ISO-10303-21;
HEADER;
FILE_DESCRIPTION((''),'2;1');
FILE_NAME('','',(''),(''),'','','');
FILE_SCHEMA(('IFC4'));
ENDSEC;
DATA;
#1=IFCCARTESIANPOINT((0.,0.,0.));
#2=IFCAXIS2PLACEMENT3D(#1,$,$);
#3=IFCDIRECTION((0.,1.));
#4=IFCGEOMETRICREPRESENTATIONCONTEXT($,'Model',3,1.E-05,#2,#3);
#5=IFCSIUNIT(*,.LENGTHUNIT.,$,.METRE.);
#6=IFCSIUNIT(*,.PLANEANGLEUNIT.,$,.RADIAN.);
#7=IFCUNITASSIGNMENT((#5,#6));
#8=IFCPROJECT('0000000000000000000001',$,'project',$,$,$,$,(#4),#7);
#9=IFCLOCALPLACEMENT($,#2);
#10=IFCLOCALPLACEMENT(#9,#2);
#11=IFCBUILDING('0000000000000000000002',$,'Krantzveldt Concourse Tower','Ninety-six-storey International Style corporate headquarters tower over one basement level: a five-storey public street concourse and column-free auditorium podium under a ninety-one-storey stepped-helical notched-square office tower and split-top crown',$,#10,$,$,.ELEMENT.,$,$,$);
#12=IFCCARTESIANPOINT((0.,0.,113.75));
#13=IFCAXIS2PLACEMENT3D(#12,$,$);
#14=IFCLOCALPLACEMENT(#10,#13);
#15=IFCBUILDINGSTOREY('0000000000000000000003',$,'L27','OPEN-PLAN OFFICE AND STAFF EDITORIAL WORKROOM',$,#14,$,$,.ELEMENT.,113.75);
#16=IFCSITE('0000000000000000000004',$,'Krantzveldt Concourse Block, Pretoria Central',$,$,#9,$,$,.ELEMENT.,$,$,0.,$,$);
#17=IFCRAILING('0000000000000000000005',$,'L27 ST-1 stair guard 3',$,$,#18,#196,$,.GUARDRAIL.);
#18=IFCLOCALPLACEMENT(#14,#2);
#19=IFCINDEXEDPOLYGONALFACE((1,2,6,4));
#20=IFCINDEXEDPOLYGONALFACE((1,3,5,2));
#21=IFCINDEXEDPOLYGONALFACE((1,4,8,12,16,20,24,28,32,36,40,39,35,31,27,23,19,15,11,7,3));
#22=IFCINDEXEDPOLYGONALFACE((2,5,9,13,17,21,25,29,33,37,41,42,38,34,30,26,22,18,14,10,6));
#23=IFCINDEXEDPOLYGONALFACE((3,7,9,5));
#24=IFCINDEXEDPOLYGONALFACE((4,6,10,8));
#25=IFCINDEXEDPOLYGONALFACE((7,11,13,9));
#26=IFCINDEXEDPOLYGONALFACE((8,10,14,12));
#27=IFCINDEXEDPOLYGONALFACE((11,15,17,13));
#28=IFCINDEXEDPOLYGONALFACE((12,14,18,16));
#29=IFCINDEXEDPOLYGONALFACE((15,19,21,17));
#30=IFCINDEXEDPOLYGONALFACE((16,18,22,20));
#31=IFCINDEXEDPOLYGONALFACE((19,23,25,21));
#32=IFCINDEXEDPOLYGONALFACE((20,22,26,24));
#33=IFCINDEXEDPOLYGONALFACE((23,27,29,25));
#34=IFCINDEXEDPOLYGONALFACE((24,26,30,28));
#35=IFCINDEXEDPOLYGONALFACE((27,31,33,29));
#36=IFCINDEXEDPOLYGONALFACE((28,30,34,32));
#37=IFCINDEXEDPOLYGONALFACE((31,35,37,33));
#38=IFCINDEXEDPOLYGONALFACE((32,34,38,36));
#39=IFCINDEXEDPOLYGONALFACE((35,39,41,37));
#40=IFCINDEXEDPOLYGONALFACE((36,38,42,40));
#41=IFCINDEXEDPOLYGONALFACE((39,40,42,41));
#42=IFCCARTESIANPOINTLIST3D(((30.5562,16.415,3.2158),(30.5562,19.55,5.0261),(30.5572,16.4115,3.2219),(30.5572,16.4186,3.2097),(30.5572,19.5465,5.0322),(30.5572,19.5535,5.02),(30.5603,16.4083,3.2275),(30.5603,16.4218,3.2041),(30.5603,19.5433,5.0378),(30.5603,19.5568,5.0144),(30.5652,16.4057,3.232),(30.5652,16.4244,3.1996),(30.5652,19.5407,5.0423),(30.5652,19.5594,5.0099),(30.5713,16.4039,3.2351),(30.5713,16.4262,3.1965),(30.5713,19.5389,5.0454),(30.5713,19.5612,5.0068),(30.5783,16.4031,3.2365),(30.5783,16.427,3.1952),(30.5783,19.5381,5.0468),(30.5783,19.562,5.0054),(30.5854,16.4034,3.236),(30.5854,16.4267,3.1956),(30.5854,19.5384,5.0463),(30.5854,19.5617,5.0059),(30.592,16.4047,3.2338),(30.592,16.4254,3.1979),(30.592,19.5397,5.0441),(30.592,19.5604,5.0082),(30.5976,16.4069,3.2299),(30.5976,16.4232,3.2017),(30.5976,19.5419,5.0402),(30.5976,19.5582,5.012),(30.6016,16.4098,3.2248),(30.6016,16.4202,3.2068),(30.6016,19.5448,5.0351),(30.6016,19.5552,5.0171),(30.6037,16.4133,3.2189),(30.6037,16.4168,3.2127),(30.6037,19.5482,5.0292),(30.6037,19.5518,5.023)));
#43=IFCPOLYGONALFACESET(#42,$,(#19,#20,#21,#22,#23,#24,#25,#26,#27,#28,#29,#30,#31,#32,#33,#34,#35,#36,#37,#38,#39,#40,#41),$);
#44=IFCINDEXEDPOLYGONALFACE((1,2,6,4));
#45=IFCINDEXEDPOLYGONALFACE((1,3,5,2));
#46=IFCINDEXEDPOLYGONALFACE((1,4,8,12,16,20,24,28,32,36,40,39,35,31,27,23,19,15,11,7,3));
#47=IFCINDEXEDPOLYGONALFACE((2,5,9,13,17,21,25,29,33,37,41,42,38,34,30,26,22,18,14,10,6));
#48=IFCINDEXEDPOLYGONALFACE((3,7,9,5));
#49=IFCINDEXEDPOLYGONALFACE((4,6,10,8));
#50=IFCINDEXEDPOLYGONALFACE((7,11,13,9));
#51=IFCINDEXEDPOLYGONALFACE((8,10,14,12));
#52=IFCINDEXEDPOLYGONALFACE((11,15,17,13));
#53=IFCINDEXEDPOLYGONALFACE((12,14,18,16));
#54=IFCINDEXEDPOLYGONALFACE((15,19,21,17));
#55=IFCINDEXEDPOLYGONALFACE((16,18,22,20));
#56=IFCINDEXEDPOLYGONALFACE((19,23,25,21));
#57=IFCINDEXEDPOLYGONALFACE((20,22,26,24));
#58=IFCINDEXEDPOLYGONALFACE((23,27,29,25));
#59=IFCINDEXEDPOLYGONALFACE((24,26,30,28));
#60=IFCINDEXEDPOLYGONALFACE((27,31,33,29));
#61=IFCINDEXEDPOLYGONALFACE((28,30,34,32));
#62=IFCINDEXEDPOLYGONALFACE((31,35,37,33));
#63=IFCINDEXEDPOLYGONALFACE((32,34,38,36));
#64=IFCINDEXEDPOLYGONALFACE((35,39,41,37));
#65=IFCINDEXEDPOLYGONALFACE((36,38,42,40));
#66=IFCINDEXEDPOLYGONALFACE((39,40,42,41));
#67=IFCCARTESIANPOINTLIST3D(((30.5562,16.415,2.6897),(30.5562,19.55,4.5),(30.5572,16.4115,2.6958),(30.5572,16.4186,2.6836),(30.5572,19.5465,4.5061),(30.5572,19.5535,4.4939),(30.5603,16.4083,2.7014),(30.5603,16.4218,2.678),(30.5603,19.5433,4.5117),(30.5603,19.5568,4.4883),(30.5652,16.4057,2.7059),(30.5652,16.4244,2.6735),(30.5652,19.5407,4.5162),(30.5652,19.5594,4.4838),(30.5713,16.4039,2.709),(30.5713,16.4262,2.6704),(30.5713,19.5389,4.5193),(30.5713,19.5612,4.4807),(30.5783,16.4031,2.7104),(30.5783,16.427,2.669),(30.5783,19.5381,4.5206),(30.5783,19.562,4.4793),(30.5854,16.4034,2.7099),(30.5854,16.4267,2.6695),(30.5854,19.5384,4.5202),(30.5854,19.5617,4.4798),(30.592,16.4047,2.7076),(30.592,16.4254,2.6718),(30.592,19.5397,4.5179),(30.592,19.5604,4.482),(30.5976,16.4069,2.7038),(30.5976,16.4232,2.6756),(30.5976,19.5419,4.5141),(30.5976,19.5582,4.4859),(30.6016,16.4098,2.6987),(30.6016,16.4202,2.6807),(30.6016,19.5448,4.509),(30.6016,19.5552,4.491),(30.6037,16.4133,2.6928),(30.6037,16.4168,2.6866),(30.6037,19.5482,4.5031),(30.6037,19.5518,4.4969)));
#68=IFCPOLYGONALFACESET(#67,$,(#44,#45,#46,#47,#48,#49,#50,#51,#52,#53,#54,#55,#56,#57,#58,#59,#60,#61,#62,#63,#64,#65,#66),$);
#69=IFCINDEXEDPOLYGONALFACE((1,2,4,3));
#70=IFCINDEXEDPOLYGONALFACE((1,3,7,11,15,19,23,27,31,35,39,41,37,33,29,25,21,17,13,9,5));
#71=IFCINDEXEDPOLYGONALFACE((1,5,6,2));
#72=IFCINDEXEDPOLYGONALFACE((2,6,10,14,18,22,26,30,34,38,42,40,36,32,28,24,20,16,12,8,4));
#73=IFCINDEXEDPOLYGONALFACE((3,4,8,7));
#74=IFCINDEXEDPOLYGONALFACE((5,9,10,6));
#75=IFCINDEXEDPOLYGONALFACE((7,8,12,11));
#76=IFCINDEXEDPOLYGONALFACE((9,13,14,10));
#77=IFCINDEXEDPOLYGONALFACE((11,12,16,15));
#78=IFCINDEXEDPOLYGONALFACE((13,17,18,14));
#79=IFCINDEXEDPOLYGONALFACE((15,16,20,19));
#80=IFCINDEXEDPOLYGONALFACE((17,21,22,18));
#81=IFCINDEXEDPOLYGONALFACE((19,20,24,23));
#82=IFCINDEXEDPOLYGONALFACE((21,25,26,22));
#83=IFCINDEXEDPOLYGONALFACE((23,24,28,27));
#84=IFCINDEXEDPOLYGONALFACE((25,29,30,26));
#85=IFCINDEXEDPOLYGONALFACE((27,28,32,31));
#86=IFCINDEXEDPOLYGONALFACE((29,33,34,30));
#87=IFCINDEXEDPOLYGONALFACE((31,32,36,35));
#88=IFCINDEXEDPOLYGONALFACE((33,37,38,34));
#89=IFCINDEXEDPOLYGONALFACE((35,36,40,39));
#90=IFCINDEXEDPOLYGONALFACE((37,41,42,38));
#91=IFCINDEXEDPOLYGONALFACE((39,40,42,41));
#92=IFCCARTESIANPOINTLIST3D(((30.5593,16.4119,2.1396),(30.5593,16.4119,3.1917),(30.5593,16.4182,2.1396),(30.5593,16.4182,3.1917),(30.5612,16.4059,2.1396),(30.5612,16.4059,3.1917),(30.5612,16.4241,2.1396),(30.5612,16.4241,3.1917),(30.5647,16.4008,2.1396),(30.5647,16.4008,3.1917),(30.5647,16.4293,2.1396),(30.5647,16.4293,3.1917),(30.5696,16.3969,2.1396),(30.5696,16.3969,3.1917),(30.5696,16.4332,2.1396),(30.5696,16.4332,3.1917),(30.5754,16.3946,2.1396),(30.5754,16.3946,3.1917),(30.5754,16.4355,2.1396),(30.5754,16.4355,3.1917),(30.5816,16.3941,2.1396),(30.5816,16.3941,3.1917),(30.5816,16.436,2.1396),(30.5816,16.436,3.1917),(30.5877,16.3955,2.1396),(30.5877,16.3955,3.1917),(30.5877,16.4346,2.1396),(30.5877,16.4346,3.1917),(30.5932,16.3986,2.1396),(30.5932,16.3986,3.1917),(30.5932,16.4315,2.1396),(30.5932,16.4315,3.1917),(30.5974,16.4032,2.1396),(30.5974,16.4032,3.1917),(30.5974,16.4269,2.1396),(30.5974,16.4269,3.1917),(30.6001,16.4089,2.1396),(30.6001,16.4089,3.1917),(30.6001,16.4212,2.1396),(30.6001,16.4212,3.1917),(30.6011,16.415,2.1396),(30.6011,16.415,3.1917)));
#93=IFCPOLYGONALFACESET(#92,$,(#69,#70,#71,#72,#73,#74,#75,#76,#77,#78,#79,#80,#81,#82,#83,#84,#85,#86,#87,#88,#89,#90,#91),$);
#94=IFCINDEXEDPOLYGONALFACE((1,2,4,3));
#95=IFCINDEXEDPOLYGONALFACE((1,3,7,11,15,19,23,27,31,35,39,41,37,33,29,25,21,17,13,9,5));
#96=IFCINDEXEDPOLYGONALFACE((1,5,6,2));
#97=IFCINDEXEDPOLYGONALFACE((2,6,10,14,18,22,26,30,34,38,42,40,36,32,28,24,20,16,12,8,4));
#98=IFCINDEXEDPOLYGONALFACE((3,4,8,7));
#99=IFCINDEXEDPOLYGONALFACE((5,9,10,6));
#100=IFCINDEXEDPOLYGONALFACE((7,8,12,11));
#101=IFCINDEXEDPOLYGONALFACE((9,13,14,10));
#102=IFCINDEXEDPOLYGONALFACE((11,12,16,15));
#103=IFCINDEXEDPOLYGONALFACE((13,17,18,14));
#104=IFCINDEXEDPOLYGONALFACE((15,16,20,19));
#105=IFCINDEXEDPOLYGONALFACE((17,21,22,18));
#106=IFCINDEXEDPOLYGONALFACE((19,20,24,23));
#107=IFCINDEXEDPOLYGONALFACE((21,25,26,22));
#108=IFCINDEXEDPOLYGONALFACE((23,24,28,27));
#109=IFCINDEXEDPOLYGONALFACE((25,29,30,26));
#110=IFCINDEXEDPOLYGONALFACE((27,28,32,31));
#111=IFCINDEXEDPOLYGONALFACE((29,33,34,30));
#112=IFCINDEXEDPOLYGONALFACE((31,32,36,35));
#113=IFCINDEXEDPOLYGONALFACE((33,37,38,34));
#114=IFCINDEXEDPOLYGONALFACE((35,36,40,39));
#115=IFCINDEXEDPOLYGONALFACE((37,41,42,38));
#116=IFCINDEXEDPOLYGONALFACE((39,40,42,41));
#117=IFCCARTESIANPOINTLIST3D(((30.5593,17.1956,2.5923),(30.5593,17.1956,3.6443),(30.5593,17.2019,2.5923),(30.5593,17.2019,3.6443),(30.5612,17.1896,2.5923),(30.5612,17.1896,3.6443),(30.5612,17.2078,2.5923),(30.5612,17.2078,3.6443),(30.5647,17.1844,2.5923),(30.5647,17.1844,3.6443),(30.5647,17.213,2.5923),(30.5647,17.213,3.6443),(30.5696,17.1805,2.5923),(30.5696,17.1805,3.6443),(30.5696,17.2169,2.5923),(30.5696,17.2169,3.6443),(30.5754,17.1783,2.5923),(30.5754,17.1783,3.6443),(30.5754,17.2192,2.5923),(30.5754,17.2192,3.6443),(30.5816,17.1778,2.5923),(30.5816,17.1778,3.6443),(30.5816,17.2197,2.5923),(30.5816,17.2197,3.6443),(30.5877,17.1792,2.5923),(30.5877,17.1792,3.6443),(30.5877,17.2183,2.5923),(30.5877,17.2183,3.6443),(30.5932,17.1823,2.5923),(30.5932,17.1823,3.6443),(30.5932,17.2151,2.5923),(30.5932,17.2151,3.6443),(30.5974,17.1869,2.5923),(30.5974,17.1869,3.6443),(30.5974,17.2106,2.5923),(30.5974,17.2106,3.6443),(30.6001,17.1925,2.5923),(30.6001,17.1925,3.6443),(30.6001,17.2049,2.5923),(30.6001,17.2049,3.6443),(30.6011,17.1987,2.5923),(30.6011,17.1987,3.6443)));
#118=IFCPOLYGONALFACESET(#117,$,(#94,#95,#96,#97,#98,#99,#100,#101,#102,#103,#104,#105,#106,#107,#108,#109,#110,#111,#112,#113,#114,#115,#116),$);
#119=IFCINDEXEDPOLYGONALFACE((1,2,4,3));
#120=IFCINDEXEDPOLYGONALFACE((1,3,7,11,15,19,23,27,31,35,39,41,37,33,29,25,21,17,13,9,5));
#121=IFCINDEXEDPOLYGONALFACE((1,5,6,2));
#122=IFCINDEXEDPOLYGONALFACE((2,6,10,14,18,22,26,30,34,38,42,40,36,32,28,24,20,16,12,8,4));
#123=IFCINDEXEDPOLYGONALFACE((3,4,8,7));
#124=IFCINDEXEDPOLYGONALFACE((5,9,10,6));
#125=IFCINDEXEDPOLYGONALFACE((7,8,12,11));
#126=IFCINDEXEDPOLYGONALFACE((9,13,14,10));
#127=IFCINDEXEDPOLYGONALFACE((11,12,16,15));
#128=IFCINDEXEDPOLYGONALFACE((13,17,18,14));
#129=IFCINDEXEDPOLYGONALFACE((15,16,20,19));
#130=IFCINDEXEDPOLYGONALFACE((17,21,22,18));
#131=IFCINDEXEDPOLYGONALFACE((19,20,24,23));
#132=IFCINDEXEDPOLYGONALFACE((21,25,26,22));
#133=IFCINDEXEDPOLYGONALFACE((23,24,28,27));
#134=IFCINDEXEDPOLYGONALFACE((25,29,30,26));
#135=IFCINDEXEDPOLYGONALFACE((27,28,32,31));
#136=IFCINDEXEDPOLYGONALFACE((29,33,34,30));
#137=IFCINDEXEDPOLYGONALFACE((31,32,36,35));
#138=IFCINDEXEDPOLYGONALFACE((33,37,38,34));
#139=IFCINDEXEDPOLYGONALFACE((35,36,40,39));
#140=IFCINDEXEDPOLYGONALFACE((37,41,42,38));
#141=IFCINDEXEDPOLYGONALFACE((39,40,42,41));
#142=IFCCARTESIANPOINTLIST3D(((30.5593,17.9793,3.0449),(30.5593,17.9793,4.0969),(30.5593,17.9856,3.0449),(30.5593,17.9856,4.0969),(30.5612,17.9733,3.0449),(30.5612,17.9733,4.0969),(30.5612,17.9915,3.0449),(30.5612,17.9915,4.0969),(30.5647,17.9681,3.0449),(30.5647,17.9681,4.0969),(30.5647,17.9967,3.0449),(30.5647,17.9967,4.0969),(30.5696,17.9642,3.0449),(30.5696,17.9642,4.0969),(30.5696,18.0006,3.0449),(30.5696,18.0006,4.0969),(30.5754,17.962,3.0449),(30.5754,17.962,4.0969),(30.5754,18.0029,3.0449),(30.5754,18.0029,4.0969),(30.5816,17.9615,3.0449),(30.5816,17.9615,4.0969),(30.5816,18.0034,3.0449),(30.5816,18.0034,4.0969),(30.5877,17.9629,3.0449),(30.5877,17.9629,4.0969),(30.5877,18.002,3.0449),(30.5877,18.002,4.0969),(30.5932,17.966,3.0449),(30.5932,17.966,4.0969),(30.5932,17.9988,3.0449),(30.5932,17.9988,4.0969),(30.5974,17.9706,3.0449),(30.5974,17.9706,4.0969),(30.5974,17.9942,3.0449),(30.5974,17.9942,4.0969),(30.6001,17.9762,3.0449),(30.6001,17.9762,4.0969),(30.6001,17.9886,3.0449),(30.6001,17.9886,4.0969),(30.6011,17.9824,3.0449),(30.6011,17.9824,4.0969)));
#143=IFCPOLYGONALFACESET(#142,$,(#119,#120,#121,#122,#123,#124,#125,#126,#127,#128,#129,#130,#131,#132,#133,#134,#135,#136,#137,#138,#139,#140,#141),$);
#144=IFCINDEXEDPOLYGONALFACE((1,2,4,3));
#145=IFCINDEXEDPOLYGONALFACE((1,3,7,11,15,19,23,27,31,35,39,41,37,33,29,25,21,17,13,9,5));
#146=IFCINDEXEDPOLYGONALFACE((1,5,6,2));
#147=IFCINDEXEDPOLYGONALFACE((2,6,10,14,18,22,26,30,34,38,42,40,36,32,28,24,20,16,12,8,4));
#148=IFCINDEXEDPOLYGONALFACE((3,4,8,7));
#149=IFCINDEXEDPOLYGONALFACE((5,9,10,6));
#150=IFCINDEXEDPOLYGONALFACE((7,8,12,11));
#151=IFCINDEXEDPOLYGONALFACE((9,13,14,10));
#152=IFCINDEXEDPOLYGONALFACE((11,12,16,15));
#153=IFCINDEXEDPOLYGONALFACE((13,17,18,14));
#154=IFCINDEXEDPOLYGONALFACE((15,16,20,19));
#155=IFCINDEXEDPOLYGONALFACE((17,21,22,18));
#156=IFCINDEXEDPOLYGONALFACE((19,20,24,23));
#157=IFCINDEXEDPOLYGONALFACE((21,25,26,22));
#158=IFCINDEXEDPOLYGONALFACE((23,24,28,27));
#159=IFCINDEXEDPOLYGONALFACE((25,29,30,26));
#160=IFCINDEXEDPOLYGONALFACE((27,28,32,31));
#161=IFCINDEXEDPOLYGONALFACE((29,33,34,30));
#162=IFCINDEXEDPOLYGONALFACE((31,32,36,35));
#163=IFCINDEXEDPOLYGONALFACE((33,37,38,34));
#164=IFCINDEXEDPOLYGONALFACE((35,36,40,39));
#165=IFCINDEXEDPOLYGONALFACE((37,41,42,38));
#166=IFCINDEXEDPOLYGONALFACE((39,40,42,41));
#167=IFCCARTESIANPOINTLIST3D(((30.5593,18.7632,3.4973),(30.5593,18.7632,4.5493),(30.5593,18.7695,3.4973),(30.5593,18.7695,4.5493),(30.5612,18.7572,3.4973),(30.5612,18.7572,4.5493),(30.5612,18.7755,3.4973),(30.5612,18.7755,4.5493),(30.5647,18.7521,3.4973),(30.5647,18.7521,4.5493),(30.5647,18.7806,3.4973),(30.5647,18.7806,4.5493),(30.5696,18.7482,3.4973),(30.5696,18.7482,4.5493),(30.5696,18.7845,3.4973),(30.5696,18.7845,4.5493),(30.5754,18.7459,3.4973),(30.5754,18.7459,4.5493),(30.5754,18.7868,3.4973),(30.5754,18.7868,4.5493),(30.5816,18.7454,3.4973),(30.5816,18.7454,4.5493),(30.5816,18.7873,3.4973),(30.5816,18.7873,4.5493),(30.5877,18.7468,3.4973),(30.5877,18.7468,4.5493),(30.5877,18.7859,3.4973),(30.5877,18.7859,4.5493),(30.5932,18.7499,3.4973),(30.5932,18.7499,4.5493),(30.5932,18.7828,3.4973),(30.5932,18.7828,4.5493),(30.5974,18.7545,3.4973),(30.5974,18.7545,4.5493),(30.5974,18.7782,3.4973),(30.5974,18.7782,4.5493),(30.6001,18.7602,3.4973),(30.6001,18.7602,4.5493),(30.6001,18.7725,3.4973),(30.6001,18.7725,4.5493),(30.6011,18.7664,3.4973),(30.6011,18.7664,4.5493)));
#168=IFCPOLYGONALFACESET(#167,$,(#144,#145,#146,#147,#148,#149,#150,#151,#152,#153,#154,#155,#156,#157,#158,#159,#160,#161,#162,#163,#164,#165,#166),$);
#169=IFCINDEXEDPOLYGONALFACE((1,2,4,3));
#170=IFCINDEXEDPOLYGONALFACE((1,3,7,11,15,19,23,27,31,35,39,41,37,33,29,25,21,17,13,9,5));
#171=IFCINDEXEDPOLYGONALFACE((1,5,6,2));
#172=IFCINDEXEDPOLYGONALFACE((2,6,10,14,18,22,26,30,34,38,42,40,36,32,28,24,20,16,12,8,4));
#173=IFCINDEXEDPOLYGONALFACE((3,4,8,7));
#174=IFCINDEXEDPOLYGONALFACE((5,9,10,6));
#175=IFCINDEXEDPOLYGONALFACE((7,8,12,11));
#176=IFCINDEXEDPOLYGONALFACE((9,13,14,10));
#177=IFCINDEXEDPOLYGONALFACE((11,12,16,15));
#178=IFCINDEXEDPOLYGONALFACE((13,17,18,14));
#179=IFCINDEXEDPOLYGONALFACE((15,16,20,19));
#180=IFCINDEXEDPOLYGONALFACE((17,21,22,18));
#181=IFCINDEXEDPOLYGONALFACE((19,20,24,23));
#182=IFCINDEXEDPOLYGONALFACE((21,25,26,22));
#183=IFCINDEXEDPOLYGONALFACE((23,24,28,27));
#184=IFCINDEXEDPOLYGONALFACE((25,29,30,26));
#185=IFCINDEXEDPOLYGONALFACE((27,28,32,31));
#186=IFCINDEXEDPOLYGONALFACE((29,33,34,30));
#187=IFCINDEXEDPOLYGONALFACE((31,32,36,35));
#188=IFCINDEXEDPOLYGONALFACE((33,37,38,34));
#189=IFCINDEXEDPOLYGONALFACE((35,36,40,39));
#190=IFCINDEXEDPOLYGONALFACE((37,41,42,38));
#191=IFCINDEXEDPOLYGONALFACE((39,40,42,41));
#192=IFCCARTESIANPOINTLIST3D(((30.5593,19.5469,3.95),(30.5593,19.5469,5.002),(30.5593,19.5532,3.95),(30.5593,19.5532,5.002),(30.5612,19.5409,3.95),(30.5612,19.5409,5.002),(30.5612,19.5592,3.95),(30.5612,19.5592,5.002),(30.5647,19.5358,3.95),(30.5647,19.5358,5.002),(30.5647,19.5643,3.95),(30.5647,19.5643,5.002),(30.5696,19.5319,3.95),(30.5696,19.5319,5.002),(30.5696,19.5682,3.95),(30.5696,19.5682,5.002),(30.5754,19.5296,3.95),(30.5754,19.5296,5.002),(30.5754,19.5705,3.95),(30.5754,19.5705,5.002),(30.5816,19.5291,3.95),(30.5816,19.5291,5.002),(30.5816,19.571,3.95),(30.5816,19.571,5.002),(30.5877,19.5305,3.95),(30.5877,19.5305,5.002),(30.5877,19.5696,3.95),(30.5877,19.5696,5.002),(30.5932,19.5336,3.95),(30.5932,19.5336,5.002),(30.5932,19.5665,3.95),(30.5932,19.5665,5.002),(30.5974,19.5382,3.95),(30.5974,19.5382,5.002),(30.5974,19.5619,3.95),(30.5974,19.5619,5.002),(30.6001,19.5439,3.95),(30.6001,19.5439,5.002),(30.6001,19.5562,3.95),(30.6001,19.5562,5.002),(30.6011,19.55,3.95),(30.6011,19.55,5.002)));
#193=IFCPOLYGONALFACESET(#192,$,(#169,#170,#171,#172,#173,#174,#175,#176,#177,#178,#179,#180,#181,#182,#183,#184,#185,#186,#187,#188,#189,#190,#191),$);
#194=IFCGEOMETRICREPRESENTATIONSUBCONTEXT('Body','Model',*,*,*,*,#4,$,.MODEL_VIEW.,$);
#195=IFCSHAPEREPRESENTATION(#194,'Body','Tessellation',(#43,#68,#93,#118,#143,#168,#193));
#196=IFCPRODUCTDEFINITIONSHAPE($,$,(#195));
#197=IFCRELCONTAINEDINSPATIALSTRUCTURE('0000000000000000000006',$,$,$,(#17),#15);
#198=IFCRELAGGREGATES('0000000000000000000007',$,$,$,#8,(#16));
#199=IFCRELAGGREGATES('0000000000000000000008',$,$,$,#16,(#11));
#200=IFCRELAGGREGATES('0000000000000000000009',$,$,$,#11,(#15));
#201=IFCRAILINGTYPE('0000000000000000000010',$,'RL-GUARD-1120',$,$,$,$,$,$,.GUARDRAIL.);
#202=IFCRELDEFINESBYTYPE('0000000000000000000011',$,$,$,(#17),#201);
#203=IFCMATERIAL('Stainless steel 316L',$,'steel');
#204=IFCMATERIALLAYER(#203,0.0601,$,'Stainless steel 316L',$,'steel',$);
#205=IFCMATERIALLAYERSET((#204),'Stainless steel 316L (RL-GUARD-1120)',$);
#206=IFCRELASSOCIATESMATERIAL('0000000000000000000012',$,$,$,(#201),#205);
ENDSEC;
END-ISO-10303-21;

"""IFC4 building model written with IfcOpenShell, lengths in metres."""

from ifc_helpers import new_model, si_unit, direction, frame, origin, origin_2d, place, context, subcontext, project, spatial, circle, extrude, material, layer, layer_set, type_object, element, save


model = new_model("IFC4")

# Units and contexts
model_context = context("Model", 3, precision=1e-05, world=origin(), true_north=direction((0.0, 1.0)))
body_context = subcontext(model_context, "Body", "Model", "MODEL_VIEW")
ifc_project = project(units=[si_unit("LENGTHUNIT", "METRE"), si_unit("PLANEANGLEUNIT", "RADIAN")], contexts=[model_context])

# Site, building, storey
site_placement = place(None, origin())
site = spatial("IfcSite", under=ifc_project, at=site_placement, Name="Krantzveldt Concourse Block, Pretoria Central", CompositionType="ELEMENT", RefElevation=0.0)
building_placement = place(site_placement, origin())
building = spatial("IfcBuilding", under=site, at=building_placement, Name="Krantzveldt Concourse Tower", Description="Ninety-six-storey International Style corporate headquarters tower over one basement level: a five-storey public street concourse and column-free auditorium podium under a ninety-one-storey stepped-helical notched-square office tower and split-top crown", CompositionType="ELEMENT")
storey_placement = place(building_placement, frame((0.0, 0.0, 113.75)))
storey = spatial("IfcBuildingStorey", under=building, at=storey_placement, Name="L27", Description="OPEN-PLAN OFFICE AND STAFF EDITORIAL WORKROOM", CompositionType="ELEMENT", Elevation=113.75)

# Railing
ifc_material_1 = material(Name="Stainless steel 316L", Category="steel")
ifc_layer_1 = layer(ifc_material_1, 0.0601, Name="Stainless steel 316L", Category="steel")
ifc_layer_set_1 = layer_set([ifc_layer_1], Name="Stainless steel 316L (RL-GUARD-1120)")
railing_type_1 = type_object("IfcRailingType", Name="RL-GUARD-1120", PredefinedType="GUARDRAIL", material=ifc_layer_set_1)
railing_1_placement = place(storey_placement, frame((30.5801, 16.415, 2.1396)))
element("IfcRailing", 1, at=railing_1_placement, inside=storey, type_object=railing_type_1, Name="L27 ST-1 stair guard 3", PredefinedType="GUARDRAIL", context=body_context, shape_type="SweptSolid", body=[
    extrude(circle(Radius=0.0239, at=origin_2d()), frame((0.0, 0.0, 1.0762), z_axis=(0.0, 0.865989, 0.500063), x_axis=(-1.0, 0.0, 0.0)), (0.0, 0.0, 1.0), 3.6201),
    extrude(circle(Radius=0.0239, at=origin_2d()), frame((0.0, 0.0, 0.55), z_axis=(0.0, 0.865989, 0.500063), x_axis=(-1.0, 0.0, 0.0)), (0.0, 0.0, 1.0), 3.6201),
    extrude(circle(Radius=0.021, at=origin_2d()), origin(), (0.0, 0.0, 1.0), 1.052),
    extrude(circle(Radius=0.021, at=origin_2d()), frame((0.0, 0.7837, 0.4526)), (0.0, 0.0, 1.0), 1.052),
    extrude(circle(Radius=0.021, at=origin_2d()), frame((0.0, 1.5674, 0.9053)), (0.0, 0.0, 1.0), 1.052),
    extrude(circle(Radius=0.021, at=origin_2d()), frame((0.0, 2.3513, 1.3577)), (0.0, 0.0, 1.0), 1.052),
    extrude(circle(Radius=0.021, at=origin_2d()), frame((0.0, 3.135, 1.8103)), (0.0, 0.0, 1.0), 1.052),
])

save(model, "model.ifc")
